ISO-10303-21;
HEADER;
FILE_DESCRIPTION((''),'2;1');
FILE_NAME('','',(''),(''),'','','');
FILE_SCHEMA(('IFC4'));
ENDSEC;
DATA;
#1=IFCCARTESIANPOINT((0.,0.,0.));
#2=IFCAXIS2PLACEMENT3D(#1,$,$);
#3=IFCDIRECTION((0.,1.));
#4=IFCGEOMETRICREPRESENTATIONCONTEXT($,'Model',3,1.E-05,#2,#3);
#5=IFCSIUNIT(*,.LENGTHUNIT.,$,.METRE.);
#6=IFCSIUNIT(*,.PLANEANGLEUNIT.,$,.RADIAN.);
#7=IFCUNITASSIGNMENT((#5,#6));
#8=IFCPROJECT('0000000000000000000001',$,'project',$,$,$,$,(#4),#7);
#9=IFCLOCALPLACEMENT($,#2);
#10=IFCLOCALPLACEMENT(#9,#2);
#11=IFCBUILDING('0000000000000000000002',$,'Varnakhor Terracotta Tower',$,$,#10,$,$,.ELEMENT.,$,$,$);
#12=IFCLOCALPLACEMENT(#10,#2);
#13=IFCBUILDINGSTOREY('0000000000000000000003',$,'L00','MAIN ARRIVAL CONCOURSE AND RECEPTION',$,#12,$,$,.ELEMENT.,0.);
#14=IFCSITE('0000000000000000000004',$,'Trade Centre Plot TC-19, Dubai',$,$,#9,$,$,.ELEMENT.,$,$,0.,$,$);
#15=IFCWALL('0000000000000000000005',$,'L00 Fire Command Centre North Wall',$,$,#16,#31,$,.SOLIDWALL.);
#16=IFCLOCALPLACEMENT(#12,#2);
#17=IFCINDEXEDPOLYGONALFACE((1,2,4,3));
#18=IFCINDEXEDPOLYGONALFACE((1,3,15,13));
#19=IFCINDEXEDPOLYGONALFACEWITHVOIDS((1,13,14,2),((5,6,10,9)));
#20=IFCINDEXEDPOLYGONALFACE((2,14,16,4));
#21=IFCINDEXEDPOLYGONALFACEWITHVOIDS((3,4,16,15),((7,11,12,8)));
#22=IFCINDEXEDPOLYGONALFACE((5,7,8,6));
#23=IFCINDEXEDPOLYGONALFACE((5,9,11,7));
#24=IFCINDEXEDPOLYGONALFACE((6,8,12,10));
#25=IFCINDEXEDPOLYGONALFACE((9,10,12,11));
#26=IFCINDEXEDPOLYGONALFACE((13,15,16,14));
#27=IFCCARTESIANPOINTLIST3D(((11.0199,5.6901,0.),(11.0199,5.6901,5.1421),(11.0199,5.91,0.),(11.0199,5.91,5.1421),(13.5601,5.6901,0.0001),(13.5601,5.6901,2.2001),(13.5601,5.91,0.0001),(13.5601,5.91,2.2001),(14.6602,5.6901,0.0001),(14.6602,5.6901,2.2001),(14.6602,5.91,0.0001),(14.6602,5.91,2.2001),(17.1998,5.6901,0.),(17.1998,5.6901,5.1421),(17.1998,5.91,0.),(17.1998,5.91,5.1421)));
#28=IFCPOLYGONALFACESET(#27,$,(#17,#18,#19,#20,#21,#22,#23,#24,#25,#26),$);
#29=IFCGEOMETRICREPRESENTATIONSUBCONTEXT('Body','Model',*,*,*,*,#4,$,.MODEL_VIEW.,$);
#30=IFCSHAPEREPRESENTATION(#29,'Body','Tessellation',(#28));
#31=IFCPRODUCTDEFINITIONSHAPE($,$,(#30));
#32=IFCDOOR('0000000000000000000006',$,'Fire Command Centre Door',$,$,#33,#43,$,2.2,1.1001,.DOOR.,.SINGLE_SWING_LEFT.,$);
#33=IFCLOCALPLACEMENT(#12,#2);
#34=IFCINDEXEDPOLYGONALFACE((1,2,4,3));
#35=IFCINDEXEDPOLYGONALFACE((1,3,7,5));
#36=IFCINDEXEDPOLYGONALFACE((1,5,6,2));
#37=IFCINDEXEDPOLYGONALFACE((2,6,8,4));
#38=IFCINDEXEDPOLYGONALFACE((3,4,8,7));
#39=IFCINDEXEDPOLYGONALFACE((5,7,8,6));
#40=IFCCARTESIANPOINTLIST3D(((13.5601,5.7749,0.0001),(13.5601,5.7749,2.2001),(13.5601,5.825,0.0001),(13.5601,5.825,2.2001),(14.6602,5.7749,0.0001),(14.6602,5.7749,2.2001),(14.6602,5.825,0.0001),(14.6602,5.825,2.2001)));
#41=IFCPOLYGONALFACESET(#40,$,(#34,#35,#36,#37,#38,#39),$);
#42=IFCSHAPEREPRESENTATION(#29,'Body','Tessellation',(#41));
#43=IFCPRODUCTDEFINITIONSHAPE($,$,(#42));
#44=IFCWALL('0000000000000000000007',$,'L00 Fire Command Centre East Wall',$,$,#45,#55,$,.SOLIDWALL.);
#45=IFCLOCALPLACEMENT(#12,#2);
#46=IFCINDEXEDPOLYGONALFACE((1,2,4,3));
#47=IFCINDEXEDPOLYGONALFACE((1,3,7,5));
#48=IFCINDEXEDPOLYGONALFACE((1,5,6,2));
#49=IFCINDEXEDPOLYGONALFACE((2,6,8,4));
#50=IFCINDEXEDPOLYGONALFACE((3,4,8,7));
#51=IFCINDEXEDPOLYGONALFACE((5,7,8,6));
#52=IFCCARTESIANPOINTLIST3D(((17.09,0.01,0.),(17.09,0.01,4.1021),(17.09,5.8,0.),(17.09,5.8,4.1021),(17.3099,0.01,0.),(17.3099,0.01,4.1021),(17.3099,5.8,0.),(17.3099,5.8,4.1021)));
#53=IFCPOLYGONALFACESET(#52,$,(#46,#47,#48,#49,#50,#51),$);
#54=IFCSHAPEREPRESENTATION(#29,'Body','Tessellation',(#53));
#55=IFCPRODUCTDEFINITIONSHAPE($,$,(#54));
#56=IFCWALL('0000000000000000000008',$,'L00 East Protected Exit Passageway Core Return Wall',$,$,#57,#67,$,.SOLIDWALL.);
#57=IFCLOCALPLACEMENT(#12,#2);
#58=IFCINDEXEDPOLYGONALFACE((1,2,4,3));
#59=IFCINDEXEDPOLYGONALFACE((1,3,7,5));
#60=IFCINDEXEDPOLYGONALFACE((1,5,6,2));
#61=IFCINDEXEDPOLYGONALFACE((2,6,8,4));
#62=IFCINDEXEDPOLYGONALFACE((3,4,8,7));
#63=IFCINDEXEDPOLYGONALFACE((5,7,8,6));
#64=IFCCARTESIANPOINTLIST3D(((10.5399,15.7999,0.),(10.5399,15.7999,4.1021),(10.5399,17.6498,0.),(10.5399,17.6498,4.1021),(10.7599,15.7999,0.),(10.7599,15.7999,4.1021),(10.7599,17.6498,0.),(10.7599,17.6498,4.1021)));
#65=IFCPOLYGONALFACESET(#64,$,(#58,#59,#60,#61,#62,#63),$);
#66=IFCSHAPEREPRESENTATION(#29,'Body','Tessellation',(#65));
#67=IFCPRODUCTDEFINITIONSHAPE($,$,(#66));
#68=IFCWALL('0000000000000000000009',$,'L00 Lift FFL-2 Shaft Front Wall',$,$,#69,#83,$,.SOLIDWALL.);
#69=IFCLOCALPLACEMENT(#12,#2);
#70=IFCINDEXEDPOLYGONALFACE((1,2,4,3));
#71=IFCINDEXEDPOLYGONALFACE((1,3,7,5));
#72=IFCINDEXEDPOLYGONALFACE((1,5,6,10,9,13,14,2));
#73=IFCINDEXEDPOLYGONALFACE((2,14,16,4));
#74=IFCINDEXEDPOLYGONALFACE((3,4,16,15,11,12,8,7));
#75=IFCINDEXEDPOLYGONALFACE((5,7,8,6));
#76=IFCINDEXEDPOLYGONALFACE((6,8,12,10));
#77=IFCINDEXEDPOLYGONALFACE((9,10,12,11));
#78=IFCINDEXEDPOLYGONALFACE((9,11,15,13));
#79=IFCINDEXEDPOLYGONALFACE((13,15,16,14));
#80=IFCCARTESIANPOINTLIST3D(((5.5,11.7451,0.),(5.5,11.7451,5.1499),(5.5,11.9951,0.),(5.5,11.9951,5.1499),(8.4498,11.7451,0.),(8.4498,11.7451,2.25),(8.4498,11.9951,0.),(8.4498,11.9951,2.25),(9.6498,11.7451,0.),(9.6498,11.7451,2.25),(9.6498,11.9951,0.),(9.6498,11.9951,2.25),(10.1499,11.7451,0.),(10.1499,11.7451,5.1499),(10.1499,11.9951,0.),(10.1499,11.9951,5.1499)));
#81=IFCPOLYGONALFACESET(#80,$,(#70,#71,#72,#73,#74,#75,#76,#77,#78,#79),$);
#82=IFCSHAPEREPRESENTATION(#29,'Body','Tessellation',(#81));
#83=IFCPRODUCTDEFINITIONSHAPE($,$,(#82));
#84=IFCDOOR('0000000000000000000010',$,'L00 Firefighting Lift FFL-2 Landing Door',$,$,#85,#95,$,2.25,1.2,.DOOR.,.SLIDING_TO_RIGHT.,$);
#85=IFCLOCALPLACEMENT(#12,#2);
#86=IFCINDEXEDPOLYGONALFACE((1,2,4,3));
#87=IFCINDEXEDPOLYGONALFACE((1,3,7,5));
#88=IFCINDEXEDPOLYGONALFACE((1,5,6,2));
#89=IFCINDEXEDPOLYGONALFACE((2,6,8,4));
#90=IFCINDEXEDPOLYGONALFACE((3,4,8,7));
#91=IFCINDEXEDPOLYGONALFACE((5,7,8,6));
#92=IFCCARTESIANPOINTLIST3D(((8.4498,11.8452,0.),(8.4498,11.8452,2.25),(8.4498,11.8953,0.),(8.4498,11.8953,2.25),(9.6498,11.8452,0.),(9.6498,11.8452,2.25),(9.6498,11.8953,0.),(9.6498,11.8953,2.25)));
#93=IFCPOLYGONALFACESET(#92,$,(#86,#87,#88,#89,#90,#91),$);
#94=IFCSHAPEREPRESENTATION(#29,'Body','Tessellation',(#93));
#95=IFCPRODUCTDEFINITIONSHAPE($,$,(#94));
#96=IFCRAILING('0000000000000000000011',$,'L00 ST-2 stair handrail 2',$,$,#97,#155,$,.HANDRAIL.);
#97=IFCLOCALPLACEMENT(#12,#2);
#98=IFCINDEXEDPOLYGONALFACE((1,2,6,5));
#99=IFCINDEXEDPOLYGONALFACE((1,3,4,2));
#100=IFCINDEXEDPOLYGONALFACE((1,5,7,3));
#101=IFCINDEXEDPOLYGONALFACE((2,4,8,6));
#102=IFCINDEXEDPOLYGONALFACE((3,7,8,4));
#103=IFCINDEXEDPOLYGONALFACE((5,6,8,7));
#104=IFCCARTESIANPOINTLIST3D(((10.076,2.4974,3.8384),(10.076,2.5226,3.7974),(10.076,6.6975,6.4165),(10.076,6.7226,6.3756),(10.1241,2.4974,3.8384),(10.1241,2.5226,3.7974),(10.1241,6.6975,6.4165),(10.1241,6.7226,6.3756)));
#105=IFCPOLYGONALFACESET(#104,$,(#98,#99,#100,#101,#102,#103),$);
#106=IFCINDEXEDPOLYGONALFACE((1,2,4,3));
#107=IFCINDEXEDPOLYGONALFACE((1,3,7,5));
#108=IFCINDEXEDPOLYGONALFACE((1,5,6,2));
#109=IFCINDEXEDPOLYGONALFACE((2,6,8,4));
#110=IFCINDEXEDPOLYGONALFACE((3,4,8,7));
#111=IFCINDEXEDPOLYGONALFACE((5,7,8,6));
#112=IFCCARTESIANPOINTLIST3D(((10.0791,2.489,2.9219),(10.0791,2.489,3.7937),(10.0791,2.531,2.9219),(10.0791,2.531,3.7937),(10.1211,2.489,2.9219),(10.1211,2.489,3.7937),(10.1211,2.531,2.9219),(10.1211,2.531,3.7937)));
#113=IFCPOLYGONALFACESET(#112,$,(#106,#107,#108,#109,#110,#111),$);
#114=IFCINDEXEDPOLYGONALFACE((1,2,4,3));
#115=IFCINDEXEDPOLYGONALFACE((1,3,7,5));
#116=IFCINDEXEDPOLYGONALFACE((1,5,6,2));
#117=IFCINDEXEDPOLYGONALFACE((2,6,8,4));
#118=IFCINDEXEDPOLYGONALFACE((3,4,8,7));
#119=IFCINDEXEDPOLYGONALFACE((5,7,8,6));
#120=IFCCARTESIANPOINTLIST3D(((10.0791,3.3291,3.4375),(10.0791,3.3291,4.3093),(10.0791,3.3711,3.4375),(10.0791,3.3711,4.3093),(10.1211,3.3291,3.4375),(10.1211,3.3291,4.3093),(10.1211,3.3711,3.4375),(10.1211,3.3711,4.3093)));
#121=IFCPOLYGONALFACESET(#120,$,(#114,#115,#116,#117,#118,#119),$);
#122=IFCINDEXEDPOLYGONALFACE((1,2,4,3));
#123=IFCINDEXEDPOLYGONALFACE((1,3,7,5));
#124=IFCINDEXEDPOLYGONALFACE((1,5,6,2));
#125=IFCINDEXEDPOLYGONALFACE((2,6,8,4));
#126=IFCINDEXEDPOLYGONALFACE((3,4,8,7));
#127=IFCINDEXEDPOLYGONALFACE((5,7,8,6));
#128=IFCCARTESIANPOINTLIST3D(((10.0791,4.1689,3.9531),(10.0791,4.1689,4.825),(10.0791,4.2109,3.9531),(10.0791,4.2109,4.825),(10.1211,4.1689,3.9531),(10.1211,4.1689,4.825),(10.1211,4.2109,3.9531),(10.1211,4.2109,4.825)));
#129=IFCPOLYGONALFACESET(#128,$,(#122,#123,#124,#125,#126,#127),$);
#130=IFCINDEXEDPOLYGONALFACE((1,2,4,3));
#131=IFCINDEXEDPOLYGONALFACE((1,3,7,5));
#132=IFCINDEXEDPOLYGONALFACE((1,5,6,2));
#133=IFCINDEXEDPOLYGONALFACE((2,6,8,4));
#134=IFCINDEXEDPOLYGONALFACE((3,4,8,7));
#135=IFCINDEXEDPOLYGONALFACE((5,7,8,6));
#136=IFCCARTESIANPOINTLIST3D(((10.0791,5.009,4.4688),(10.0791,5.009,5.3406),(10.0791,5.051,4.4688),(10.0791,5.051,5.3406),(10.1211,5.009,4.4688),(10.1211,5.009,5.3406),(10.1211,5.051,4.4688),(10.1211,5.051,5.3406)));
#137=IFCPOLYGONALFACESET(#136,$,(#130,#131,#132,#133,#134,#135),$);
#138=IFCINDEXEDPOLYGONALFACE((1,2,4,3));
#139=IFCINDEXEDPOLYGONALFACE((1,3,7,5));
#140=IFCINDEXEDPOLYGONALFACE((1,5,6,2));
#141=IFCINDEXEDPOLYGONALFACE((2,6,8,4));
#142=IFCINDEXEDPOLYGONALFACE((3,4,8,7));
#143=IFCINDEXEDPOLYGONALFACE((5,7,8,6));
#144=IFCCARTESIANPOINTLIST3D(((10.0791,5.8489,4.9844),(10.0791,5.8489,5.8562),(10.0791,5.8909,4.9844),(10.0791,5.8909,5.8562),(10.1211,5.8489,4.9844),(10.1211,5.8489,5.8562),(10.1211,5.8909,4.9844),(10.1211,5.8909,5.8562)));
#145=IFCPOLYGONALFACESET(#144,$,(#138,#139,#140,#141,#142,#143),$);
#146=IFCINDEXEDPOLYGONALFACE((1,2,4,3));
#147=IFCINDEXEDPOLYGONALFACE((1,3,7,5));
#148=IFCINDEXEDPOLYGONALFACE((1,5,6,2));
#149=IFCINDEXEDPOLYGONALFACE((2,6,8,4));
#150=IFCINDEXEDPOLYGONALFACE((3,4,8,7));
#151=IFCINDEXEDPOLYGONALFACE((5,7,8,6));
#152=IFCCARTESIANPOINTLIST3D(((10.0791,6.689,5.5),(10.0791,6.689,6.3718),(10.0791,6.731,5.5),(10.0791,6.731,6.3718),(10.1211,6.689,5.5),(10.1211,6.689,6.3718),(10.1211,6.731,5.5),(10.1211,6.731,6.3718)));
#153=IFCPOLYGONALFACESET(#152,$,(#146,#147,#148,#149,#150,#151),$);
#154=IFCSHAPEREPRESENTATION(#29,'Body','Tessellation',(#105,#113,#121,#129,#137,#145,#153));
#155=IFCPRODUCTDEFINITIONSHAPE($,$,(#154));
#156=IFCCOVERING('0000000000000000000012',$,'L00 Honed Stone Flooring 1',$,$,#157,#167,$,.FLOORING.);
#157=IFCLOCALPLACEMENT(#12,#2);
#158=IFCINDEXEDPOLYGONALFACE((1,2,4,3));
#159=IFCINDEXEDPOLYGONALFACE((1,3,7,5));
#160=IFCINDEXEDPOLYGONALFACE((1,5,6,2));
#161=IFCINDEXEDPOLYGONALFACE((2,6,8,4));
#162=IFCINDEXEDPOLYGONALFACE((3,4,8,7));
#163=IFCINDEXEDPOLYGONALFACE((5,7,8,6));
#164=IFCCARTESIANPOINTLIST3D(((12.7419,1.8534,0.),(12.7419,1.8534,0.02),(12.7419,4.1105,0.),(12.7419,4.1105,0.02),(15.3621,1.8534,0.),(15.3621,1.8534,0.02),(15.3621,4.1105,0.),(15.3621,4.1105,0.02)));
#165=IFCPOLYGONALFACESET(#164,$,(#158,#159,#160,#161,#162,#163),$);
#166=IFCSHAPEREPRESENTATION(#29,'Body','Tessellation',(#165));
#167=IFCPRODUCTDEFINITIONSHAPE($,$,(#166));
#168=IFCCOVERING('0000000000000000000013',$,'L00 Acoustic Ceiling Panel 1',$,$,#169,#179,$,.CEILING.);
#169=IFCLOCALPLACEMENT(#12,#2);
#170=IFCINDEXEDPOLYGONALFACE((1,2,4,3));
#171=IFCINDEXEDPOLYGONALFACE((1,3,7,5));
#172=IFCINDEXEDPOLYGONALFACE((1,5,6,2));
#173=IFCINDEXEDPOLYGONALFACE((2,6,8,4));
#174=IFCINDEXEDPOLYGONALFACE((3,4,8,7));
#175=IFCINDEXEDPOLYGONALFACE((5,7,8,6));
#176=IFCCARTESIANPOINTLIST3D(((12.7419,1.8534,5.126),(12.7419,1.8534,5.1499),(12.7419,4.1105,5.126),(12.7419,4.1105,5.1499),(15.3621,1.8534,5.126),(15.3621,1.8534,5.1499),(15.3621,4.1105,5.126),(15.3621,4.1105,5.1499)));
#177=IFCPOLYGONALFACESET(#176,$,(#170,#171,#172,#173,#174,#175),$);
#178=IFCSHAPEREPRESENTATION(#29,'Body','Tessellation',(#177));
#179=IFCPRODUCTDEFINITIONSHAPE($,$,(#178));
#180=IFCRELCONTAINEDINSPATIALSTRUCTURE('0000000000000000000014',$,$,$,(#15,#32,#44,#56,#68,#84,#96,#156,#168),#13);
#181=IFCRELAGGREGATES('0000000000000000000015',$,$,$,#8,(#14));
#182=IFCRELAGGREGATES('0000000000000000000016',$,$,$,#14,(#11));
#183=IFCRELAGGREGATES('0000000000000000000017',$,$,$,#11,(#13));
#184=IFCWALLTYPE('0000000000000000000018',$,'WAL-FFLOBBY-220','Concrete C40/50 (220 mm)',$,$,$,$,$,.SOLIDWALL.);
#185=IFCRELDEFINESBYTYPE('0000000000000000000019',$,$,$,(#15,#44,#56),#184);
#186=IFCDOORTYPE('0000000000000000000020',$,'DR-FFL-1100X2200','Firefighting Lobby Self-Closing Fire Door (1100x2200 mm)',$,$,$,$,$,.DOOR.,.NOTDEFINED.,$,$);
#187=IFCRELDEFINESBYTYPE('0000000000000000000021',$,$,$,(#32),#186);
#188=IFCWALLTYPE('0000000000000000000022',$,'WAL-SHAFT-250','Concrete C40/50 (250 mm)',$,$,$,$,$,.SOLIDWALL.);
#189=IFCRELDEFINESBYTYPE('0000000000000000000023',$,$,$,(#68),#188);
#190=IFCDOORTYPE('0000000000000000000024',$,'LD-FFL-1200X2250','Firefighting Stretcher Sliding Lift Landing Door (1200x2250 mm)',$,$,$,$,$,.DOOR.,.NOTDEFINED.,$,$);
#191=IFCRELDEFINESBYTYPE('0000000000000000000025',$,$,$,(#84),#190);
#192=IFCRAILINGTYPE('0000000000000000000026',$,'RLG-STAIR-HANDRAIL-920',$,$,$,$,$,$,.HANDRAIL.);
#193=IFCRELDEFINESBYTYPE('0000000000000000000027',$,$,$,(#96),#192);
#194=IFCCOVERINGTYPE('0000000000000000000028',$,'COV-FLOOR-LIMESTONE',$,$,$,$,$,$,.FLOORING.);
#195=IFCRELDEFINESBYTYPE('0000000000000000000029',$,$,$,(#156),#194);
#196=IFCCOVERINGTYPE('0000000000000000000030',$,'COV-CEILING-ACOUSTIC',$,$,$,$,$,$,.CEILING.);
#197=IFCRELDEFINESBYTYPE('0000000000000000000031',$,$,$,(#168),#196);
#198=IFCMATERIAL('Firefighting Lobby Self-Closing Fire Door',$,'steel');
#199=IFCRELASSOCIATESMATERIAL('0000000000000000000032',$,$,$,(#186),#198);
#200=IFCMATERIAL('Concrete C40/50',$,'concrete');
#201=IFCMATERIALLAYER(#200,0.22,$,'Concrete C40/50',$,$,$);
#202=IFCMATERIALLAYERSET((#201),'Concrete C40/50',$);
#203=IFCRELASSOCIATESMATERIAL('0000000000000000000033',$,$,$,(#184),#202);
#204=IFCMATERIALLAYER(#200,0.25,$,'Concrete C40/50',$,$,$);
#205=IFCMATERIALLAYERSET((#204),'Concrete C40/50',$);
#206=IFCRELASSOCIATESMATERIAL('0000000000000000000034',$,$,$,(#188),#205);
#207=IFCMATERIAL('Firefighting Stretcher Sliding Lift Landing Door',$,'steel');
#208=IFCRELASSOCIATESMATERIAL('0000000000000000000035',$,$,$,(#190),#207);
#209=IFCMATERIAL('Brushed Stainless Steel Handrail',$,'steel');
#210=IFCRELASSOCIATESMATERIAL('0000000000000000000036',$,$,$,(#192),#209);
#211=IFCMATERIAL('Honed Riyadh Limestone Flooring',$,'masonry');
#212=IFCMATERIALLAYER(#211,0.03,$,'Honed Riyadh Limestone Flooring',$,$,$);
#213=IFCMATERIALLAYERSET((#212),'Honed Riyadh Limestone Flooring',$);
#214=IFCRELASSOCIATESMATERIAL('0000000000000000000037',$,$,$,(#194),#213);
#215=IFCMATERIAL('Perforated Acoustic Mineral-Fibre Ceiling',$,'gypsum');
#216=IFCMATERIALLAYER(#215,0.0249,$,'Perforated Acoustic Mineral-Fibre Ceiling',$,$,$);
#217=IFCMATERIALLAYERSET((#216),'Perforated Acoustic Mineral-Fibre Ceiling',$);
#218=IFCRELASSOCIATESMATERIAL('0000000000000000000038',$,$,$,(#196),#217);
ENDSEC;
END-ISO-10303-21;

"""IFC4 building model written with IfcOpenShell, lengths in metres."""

from ifc_helpers import new_model, si_unit, direction, frame, frame_2d, origin, origin_2d, place, context, subcontext, project, spatial, rectangle, extrude, source, transform, mapped, material, layer, layer_set, type_object, type_shapes, element, fill, save


model = new_model("IFC4")

# Units and contexts
model_context = context("Model", 3, precision=1e-05, world=origin(), true_north=direction((0.0, 1.0)))
body_context = subcontext(model_context, "Body", "Model", "MODEL_VIEW")
ifc_project = project(units=[si_unit("LENGTHUNIT", "METRE"), si_unit("PLANEANGLEUNIT", "RADIAN")], contexts=[model_context])

# Site, building, storey
site_placement = place(None, origin())
site = spatial("IfcSite", under=ifc_project, at=site_placement, Name="Trade Centre Plot TC-19, Dubai", CompositionType="ELEMENT", RefElevation=0.0)
building_placement = place(site_placement, origin())
building = spatial("IfcBuilding", under=site, at=building_placement, Name="Varnakhor Terracotta Tower", CompositionType="ELEMENT")
storey_placement = place(building_placement, origin())
storey = spatial("IfcBuildingStorey", under=building, at=storey_placement, Name="L00", Description="MAIN ARRIVAL CONCOURSE AND RECEPTION", CompositionType="ELEMENT", Elevation=0.0)

# Shared definitions
ifc_material_1 = material(Name="Concrete C40/50", Category="concrete")

# Wall, opening, door
ifc_material_2 = material(Name="Firefighting Lobby Self-Closing Fire Door", Category="steel")
door_type_1 = type_object("IfcDoorType", Name="DR-FFL-1100X2200", Description="Firefighting Lobby Self-Closing Fire Door (1100x2200 mm)", OperationType="NOTDEFINED", PredefinedType="DOOR", material=ifc_material_2)
shared_shape_1 = source(origin(), body_context, "Body", "SweptSolid", [
    extrude(rectangle(XDim=1.1001, YDim=2.2, at=frame_2d((0.55, 1.1001))), frame((0.0, 0.0249, 0.0), z_axis=(0.0, -1.0, 0.0), x_axis=(1.0, 0.0, 0.0)), (0.0, 0.0, 1.0), 0.05),
])
type_shapes(door_type_1, [shared_shape_1])
ifc_layer_1 = layer(ifc_material_1, 0.22, Name="Concrete C40/50")
ifc_layer_set_1 = layer_set([ifc_layer_1], Name="Concrete C40/50")
wall_type_1 = type_object("IfcWallType", Name="WAL-FFLOBBY-220", Description="Concrete C40/50 (220 mm)", PredefinedType="SOLIDWALL", material=ifc_layer_set_1)
wall_1_placement = place(storey_placement, frame((11.02, 5.8, 0.0), z_axis=(0.0, 0.0, 1.0), x_axis=(1.0, 0.0, 0.0)))
wall_1 = element("IfcWall", 1, at=wall_1_placement, inside=storey, type_object=wall_type_1, Name="L00 Fire Command Centre North Wall", PredefinedType="SOLIDWALL", context=body_context, shape_type="SweptSolid", body=[
    extrude(rectangle(XDim=6.1799, YDim=0.22, at=frame_2d((3.0898, 0.0))), origin(), (0.0, 0.0, 1.0), 5.1421),
])
opening_1_placement = place(wall_1_placement, frame((2.54, 0.0, 0.0)))
opening_1 = element("IfcOpeningElement", 2, at=opening_1_placement, cuts=wall_1, PredefinedType="OPENING", context=body_context, shape_type="SweptSolid", body=[
    extrude(rectangle(XDim=1.1001, YDim=2.2, at=frame_2d((0.55, 1.1001))), frame((0.0, 0.1201, 0.0), z_axis=(0.0, -1.0, 0.0), x_axis=(1.0, 0.0, 0.0)), (0.0, 0.0, 1.0), 0.24),
])
door_1_placement = place(opening_1_placement, origin())
door_1 = element("IfcDoor", 3, at=door_1_placement, inside=storey, type_object=door_type_1, Name="Fire Command Centre Door", OperationType="SINGLE_SWING_LEFT", OverallHeight=2.2, OverallWidth=1.1001, PredefinedType="DOOR", context=body_context, shape_type="MappedRepresentation", body=[
    mapped(shared_shape_1, transform((0.0, 0.0, 0.0), scale=1.0)),
])
fill(opening_1, door_1)

# Walls
wall_2_placement = place(storey_placement, frame((17.2, 0.01, 0.0), z_axis=(0.0, 0.0, 1.0), x_axis=(0.0, 1.0, 0.0)))
element("IfcWall", 4, at=wall_2_placement, inside=storey, type_object=wall_type_1, Name="L00 Fire Command Centre East Wall", PredefinedType="SOLIDWALL", context=body_context, shape_type="SweptSolid", body=[
    extrude(rectangle(XDim=5.79, YDim=0.22, at=frame_2d((2.895, 0.0))), origin(), (0.0, 0.0, 1.0), 4.1021),
])
wall_3_placement = place(storey_placement, frame((10.6499, 15.8, 0.0), z_axis=(0.0, 0.0, 1.0), x_axis=(0.0, 1.0, 0.0)))
element("IfcWall", 5, at=wall_3_placement, inside=storey, type_object=wall_type_1, Name="L00 East Protected Exit Passageway Core Return Wall", PredefinedType="SOLIDWALL", context=body_context, shape_type="SweptSolid", body=[
    extrude(rectangle(XDim=1.8499, YDim=0.22, at=frame_2d((0.9248, 0.0))), origin(), (0.0, 0.0, 1.0), 4.1021),
])

# Wall, opening, door
ifc_layer_2 = layer(ifc_material_1, 0.25, Name="Concrete C40/50")
ifc_layer_set_2 = layer_set([ifc_layer_2], Name="Concrete C40/50")
wall_type_2 = type_object("IfcWallType", Name="WAL-SHAFT-250", Description="Concrete C40/50 (250 mm)", PredefinedType="SOLIDWALL", material=ifc_layer_set_2)
wall_4_placement = place(storey_placement, frame((10.1499, 11.8701, 0.0), z_axis=(0.0, 0.0, 1.0), x_axis=(-1.0, 0.0, 0.0)))
wall_4 = element("IfcWall", 6, at=wall_4_placement, inside=storey, type_object=wall_type_2, Name="L00 Lift FFL-2 Shaft Front Wall", PredefinedType="SOLIDWALL", context=body_context, shape_type="SweptSolid", body=[
    extrude(rectangle(XDim=4.6499, YDim=0.25, at=frame_2d((2.325, 0.0))), origin(), (0.0, 0.0, 1.0), 5.1499),
])
opening_2_placement = place(wall_4_placement, frame((0.5, 0.0, 0.0)))
opening_2 = element("IfcOpeningElement", 7, at=opening_2_placement, cuts=wall_4, PredefinedType="OPENING", context=body_context, shape_type="SweptSolid", body=[
    extrude(rectangle(XDim=1.2, YDim=2.25, at=frame_2d((0.6001, 1.125))), frame((0.0, 0.135, 0.0), z_axis=(0.0, -1.0, 0.0), x_axis=(1.0, 0.0, 0.0)), (0.0, 0.0, 1.0), 0.27),
])
ifc_material_3 = material(Name="Firefighting Stretcher Sliding Lift Landing Door", Category="steel")
door_type_2 = type_object("IfcDoorType", Name="LD-FFL-1200X2250", Description="Firefighting Stretcher Sliding Lift Landing Door (1200x2250 mm)", OperationType="NOTDEFINED", PredefinedType="DOOR", material=ifc_material_3)
shared_shape_2 = source(origin(), body_context, "Body", "SweptSolid", [
    extrude(rectangle(XDim=1.2, YDim=2.25, at=frame_2d((0.6001, 1.125))), frame((0.0, 0.0249, 0.0), z_axis=(0.0, -1.0, 0.0), x_axis=(1.0, 0.0, 0.0)), (0.0, 0.0, 1.0), 0.05),
])
type_shapes(door_type_2, [shared_shape_2])
door_2_placement = place(opening_2_placement, origin())
door_2 = element("IfcDoor", 8, at=door_2_placement, inside=storey, type_object=door_type_2, Name="L00 Firefighting Lift FFL-2 Landing Door", OperationType="SLIDING_TO_RIGHT", OverallHeight=2.25, OverallWidth=1.2, PredefinedType="DOOR", context=body_context, shape_type="MappedRepresentation", body=[
    mapped(shared_shape_2, transform((0.0, 0.0, 0.0), scale=1.0)),
])
fill(opening_2, door_2)

# Railing
ifc_material_4 = material(Name="Brushed Stainless Steel Handrail", Category="steel")
railing_type = type_object("IfcRailingType", Name="RLG-STAIR-HANDRAIL-920", PredefinedType="HANDRAIL", material=ifc_material_4)
railing_placement = place(storey_placement, frame((10.1001, 2.51, 2.9219)))
element("IfcRailing", 9, at=railing_placement, inside=storey, type_object=railing_type, Name="L00 ST-2 stair handrail 2", PredefinedType="HANDRAIL", context=body_context, shape_type="SweptSolid", body=[
    extrude(rectangle(XDim=0.0481, YDim=0.0481, at=origin_2d()), frame((0.0, 0.0, 0.896), z_axis=(0.0, 0.852243, 0.523146), x_axis=(-1.0, 0.0, 0.0)), (0.0, 0.0, 1.0), 4.9282),
    extrude(rectangle(XDim=0.042, YDim=0.042, at=origin_2d()), origin(), (0.0, 0.0, 1.0), 0.8718),
    extrude(rectangle(XDim=0.042, YDim=0.042, at=origin_2d()), frame((0.0, 0.8401, 0.5156)), (0.0, 0.0, 1.0), 0.8718),
    extrude(rectangle(XDim=0.042, YDim=0.042, at=origin_2d()), frame((0.0, 1.6799, 1.0312)), (0.0, 0.0, 1.0), 0.8718),
    extrude(rectangle(XDim=0.042, YDim=0.042, at=origin_2d()), frame((0.0, 2.52, 1.5469)), (0.0, 0.0, 1.0), 0.8718),
    extrude(rectangle(XDim=0.042, YDim=0.042, at=origin_2d()), frame((0.0, 3.3599, 2.0625)), (0.0, 0.0, 1.0), 0.8718),
    extrude(rectangle(XDim=0.042, YDim=0.042, at=origin_2d()), frame((0.0, 4.2, 2.5781)), (0.0, 0.0, 1.0), 0.8718),
])

# Coverings
ifc_material_5 = material(Name="Honed Riyadh Limestone Flooring", Category="masonry")
ifc_layer_3 = layer(ifc_material_5, 0.03, Name="Honed Riyadh Limestone Flooring")
ifc_layer_set_3 = layer_set([ifc_layer_3], Name="Honed Riyadh Limestone Flooring")
covering_type_1 = type_object("IfcCoveringType", Name="COV-FLOOR-LIMESTONE", PredefinedType="FLOORING", material=ifc_layer_set_3)
shared_shape_3 = source(origin(), body_context, "Body", "SweptSolid", [
    extrude(rectangle(XDim=2.6201, YDim=2.2571, at=origin_2d()), origin(), (0.0, 0.0, 1.0), 0.02),
])
covering_1_placement = place(storey_placement, frame((14.052, 2.9819, 0.0), z_axis=(0.0, 0.0, 1.0), x_axis=(1.0, 0.0, 0.0)))
element("IfcCovering", 10, at=covering_1_placement, inside=storey, type_object=covering_type_1, Name="L00 Honed Stone Flooring 1", PredefinedType="FLOORING", context=body_context, shape_type="MappedRepresentation", body=[
    mapped(shared_shape_3, transform((0.0, 0.0, 0.0), scale=1.0)),
])
ifc_material_6 = material(Name="Perforated Acoustic Mineral-Fibre Ceiling", Category="gypsum")
ifc_layer_4 = layer(ifc_material_6, 0.0249, Name="Perforated Acoustic Mineral-Fibre Ceiling")
ifc_layer_set_4 = layer_set([ifc_layer_4], Name="Perforated Acoustic Mineral-Fibre Ceiling")
covering_type_2 = type_object("IfcCoveringType", Name="COV-CEILING-ACOUSTIC", PredefinedType="CEILING", material=ifc_layer_set_4)
shared_shape_4 = source(origin(), body_context, "Body", "SweptSolid", [
    extrude(rectangle(XDim=2.6201, YDim=2.2571, at=origin_2d()), origin(), (0.0, 0.0, 1.0), 0.0239),
])
type_shapes(covering_type_2, [shared_shape_4])
covering_2_placement = place(storey_placement, frame((14.052, 2.9819, 5.126), z_axis=(0.0, 0.0, 1.0), x_axis=(1.0, 0.0, 0.0)))
element("IfcCovering", 11, at=covering_2_placement, inside=storey, type_object=covering_type_2, Name="L00 Acoustic Ceiling Panel 1", PredefinedType="CEILING", context=body_context, shape_type="MappedRepresentation", body=[
    mapped(shared_shape_4, transform((0.0, 0.0, 0.0), scale=1.0)),
])

save(model, "model.ifc")
